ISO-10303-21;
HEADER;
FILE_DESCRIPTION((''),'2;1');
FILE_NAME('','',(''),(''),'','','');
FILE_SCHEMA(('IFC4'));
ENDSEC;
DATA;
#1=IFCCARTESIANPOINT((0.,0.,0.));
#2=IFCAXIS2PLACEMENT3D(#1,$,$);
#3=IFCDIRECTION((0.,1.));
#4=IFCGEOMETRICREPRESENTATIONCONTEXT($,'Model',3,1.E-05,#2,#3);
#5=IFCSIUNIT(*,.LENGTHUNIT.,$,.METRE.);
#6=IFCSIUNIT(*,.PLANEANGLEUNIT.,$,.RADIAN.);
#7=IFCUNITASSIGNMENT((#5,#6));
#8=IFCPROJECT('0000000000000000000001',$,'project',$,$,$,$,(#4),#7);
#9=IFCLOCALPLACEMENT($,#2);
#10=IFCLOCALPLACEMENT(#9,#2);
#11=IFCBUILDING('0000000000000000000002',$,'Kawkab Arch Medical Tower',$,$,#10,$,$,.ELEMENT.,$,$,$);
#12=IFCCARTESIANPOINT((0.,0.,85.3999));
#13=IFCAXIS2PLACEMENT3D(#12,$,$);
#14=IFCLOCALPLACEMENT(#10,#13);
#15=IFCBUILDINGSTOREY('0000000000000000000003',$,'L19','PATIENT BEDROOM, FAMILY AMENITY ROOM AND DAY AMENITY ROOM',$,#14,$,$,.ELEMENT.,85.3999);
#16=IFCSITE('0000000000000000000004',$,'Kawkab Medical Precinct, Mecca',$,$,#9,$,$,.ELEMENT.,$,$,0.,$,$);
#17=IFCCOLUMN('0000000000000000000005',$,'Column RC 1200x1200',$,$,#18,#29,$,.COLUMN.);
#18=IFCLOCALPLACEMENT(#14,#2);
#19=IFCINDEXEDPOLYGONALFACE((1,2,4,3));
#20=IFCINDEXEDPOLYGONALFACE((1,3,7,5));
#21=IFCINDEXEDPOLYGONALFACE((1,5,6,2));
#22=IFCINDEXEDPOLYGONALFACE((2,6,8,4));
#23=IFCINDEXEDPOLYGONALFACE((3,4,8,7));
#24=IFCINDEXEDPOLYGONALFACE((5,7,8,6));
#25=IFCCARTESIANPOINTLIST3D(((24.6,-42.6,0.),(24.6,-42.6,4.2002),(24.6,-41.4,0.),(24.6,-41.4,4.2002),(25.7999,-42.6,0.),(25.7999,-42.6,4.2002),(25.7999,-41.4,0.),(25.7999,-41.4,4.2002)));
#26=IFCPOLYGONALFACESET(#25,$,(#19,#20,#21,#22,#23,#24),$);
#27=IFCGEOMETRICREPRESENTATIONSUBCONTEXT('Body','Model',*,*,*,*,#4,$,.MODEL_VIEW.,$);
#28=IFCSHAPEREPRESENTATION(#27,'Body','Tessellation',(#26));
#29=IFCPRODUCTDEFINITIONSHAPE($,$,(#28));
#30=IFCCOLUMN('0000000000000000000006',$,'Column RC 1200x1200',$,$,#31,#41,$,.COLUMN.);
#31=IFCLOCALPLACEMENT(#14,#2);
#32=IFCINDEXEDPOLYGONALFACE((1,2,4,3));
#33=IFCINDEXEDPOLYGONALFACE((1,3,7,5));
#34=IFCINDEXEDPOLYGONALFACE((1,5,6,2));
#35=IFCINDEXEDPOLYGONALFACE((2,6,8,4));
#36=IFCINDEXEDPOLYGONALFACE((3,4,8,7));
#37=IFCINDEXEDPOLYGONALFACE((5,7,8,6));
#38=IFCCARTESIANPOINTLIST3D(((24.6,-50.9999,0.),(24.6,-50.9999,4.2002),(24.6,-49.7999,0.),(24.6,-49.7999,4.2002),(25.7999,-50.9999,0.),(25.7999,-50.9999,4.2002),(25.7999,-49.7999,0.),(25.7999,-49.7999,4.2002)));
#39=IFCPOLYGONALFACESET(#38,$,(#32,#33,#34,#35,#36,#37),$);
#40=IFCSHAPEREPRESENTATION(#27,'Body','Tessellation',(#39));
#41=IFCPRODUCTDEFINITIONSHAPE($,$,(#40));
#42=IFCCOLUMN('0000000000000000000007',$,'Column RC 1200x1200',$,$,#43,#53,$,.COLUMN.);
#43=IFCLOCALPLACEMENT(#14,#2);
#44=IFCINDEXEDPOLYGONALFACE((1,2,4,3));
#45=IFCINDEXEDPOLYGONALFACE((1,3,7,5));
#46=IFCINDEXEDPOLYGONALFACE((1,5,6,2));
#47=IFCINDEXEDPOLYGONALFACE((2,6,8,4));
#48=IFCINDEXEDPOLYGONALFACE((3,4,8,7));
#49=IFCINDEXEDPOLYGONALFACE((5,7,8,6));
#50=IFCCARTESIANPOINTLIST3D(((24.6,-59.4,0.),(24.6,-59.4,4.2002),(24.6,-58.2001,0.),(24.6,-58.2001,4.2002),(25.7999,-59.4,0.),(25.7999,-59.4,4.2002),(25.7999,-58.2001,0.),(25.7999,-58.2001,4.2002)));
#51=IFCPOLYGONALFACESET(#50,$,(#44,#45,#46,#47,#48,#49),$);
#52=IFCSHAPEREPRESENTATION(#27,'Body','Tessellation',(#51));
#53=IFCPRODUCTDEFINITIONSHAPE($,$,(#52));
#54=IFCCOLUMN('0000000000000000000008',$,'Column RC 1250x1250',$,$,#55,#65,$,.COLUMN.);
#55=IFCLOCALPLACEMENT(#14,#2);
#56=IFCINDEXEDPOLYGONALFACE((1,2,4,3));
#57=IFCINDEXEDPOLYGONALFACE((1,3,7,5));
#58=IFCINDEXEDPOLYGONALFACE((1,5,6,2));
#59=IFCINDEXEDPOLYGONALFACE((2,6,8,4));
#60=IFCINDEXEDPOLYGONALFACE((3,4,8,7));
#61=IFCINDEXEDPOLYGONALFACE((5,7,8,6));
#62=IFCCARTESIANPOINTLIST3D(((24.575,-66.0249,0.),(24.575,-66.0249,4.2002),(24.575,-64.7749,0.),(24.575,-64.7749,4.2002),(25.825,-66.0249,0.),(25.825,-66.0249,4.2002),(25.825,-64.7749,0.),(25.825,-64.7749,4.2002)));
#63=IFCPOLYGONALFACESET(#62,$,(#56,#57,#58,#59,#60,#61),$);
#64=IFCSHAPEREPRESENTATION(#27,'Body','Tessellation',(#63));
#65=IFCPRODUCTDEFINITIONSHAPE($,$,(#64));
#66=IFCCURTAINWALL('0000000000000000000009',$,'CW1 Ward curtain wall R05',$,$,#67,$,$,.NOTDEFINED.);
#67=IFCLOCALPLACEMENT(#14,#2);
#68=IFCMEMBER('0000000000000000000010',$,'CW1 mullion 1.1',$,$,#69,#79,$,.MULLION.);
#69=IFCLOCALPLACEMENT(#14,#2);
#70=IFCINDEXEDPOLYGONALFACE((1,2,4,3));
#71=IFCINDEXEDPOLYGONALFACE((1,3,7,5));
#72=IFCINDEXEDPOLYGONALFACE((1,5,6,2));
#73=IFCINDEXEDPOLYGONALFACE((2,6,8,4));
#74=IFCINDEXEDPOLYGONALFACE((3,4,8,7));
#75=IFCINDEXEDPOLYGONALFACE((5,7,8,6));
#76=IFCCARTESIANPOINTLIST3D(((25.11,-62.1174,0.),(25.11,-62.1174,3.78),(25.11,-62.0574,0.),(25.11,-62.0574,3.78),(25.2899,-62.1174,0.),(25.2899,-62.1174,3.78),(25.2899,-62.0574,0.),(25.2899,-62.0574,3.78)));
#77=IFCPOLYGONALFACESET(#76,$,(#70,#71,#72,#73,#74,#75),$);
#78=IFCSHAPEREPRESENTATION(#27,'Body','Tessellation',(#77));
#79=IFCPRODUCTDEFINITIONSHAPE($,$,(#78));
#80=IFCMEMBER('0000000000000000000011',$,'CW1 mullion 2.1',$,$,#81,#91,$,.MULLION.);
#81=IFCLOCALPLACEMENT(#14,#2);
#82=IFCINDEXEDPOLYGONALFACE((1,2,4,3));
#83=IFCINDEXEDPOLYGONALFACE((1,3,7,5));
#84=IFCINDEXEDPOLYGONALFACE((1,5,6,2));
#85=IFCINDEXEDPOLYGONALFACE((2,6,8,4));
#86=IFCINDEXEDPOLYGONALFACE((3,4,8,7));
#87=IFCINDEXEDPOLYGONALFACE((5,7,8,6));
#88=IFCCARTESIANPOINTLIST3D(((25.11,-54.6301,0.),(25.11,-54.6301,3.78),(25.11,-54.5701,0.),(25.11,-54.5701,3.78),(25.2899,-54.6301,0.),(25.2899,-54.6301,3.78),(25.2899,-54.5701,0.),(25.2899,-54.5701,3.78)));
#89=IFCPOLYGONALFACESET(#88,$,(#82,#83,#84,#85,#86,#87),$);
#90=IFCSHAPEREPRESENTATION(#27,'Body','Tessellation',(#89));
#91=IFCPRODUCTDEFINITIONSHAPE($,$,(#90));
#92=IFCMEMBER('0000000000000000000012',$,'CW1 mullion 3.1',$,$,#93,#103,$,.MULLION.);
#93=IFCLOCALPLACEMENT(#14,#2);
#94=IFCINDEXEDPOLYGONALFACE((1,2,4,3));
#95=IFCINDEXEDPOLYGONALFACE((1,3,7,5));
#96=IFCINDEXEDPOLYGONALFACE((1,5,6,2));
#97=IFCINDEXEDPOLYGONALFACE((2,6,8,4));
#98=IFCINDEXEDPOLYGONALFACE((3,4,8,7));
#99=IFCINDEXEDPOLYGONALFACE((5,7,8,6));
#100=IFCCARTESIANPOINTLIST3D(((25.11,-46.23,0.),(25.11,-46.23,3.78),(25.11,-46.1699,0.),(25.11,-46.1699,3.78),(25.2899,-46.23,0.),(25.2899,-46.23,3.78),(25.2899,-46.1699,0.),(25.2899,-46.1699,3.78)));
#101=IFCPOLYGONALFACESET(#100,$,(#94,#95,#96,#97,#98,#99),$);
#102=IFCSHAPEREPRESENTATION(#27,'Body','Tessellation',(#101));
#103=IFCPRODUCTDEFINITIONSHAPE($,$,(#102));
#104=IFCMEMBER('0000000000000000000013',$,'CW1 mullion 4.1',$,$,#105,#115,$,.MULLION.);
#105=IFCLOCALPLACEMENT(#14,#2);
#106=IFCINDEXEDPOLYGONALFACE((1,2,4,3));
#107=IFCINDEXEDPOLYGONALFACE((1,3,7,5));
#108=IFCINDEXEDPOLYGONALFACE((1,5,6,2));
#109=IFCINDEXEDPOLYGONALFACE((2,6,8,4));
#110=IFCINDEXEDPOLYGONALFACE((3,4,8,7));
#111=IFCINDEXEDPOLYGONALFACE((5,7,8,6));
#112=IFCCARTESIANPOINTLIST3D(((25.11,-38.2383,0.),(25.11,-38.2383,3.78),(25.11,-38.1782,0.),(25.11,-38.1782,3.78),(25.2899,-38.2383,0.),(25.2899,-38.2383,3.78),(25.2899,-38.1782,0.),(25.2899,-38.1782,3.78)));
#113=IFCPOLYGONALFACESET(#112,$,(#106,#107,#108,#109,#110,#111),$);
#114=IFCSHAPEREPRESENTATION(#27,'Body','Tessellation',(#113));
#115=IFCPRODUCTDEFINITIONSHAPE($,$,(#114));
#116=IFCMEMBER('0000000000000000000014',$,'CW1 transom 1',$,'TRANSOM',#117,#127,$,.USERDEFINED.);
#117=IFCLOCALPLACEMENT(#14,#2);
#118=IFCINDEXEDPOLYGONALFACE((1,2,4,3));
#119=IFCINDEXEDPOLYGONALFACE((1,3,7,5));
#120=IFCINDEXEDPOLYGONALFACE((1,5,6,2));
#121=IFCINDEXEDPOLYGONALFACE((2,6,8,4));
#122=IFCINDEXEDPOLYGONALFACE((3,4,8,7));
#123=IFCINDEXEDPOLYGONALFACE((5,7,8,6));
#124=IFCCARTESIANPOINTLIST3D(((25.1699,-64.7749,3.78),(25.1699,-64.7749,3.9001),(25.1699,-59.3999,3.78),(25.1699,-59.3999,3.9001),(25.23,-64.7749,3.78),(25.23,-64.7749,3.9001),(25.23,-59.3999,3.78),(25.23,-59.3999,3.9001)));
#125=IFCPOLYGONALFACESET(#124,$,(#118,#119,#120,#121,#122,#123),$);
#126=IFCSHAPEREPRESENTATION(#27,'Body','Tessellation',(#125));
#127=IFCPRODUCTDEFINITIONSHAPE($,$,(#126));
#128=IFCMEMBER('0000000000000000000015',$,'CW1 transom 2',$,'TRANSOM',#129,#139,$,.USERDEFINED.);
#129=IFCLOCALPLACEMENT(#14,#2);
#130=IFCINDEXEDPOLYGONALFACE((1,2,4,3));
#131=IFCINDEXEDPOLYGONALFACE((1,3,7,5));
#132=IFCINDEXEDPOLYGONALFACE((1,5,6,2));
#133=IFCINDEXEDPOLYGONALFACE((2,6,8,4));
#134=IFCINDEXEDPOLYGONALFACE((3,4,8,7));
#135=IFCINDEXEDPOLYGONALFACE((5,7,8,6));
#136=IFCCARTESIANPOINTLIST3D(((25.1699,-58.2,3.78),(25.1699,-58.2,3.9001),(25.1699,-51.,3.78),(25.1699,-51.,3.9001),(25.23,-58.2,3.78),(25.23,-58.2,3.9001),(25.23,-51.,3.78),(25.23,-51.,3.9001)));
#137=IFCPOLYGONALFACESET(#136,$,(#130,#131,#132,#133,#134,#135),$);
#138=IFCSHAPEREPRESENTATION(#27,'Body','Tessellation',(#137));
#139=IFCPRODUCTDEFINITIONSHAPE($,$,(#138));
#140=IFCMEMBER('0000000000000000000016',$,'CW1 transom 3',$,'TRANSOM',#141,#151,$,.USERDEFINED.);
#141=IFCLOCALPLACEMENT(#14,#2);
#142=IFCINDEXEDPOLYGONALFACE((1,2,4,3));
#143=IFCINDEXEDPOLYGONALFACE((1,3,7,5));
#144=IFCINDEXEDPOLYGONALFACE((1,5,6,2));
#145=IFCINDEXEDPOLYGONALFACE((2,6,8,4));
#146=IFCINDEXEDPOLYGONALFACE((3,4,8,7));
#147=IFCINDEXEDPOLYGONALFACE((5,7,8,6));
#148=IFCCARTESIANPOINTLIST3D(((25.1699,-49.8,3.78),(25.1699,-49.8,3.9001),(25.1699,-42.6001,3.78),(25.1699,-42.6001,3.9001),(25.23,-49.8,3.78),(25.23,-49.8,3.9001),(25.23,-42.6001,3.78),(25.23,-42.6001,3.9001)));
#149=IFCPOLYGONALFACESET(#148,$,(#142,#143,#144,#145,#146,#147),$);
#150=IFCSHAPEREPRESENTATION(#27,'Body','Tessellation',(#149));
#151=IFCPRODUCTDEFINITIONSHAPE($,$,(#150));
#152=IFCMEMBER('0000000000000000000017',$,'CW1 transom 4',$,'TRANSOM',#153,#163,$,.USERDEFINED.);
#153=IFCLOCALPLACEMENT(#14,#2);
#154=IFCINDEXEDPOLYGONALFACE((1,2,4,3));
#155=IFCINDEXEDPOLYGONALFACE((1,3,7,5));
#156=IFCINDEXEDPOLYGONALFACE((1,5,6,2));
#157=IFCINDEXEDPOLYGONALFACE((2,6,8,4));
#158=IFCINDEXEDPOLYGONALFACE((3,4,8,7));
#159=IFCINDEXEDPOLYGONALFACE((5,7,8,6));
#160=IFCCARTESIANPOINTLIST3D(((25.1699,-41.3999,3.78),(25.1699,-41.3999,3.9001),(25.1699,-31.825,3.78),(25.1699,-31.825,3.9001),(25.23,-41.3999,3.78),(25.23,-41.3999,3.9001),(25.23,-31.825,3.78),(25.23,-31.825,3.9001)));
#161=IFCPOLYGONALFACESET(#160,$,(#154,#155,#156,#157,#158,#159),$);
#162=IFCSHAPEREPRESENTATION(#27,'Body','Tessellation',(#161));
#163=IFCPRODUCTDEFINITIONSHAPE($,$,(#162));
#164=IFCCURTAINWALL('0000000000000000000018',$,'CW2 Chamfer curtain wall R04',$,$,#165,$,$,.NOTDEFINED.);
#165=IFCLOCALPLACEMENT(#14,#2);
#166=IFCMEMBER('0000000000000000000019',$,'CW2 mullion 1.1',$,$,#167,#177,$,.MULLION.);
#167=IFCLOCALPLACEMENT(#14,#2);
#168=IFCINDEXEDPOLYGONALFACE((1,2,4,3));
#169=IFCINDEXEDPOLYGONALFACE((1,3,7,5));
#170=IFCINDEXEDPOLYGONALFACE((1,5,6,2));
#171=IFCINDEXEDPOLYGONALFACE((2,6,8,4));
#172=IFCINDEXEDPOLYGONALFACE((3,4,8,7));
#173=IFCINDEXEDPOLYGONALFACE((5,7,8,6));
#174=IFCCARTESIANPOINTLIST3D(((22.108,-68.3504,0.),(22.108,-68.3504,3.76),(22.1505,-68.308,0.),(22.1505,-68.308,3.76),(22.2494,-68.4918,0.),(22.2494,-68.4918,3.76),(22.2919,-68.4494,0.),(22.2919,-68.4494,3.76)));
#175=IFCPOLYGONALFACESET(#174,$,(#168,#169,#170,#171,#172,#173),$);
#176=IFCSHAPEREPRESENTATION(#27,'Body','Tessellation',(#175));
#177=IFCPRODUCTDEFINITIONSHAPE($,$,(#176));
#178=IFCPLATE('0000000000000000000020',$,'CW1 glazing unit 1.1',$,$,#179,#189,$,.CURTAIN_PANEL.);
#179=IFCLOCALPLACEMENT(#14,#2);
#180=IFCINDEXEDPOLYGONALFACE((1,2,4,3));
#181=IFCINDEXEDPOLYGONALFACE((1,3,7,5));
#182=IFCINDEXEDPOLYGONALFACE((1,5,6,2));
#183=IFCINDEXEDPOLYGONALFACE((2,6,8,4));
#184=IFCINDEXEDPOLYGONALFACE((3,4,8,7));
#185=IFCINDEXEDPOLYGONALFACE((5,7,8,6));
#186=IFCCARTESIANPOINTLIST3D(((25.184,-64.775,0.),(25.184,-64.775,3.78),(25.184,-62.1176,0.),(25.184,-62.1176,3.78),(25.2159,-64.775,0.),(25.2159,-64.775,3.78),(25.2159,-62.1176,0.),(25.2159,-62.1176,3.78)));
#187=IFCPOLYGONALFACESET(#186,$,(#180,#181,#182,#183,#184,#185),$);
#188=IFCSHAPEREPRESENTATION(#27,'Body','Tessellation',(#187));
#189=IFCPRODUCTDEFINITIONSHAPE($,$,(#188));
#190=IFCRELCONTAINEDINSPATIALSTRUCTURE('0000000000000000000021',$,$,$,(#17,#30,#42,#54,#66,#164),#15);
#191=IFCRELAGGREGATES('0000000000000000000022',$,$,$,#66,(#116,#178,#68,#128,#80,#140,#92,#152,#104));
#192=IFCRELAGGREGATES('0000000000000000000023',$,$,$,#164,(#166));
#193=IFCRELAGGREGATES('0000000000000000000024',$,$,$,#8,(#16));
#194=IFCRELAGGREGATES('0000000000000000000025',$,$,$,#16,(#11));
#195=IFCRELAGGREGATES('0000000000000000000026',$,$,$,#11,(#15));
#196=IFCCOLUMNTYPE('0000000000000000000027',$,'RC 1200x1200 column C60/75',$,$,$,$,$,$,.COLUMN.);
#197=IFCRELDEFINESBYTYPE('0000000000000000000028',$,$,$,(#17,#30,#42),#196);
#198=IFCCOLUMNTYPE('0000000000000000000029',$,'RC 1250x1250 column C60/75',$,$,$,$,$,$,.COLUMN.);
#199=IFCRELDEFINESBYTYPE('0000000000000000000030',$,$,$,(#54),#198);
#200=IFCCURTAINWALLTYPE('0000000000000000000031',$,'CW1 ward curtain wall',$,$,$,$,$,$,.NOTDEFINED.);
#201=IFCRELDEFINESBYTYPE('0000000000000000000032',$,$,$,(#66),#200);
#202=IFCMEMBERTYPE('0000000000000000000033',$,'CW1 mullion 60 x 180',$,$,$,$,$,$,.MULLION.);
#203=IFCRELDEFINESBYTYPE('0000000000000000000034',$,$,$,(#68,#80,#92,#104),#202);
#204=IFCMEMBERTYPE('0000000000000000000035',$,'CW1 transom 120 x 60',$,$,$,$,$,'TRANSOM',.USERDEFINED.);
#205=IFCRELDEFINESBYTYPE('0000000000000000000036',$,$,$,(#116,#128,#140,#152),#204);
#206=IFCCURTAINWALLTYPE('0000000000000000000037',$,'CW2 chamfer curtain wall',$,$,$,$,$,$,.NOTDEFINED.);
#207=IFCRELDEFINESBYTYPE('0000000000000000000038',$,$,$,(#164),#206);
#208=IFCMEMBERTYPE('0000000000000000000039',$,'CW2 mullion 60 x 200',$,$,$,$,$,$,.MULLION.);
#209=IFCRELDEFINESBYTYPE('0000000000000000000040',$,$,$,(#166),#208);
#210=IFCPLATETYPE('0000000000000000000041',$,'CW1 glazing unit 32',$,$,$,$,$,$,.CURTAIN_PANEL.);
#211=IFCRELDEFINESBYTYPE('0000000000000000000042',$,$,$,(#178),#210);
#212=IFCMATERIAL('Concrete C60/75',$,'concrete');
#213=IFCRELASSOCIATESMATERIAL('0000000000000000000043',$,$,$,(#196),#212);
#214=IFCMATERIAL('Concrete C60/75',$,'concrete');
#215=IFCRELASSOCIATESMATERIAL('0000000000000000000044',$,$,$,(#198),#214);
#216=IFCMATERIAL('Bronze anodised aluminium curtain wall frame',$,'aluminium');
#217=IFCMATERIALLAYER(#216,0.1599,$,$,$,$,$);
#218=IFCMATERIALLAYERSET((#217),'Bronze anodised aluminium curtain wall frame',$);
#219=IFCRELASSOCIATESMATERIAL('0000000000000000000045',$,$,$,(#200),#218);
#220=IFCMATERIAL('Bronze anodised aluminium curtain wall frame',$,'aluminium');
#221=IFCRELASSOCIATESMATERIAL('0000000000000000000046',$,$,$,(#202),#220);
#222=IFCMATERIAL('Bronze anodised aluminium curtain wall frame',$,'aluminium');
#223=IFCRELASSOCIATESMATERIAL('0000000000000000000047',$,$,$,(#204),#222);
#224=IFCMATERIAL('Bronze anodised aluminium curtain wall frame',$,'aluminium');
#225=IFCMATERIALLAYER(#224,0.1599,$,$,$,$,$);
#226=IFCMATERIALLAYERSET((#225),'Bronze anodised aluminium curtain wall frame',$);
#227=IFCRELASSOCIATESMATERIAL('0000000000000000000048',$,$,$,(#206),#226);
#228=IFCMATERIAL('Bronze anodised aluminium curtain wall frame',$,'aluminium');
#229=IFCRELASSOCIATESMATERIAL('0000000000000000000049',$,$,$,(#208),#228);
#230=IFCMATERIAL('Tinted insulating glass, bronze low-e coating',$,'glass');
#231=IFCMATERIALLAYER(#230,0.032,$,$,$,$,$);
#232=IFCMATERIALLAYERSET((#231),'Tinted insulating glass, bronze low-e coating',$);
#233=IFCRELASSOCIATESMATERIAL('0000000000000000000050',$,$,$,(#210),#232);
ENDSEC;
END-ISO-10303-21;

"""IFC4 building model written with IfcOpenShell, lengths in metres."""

from ifc_helpers import new_model, si_unit, direction, frame, origin, origin_2d, place, context, subcontext, project, spatial, rectangle, extrude, material, layer, layer_set, material_profile, profile_set, type_object, element, aggregate, save


model = new_model("IFC4")

# Units and contexts
model_context = context("Model", 3, precision=1e-05, world=origin(), true_north=direction((0.0, 1.0)))
body_context = subcontext(model_context, "Body", "Model", "MODEL_VIEW")
ifc_project = project(units=[si_unit("LENGTHUNIT", "METRE"), si_unit("PLANEANGLEUNIT", "RADIAN")], contexts=[model_context])

# Site, building, storey
site_placement = place(None, origin())
site = spatial("IfcSite", under=ifc_project, at=site_placement, Name="Kawkab Medical Precinct, Mecca", CompositionType="ELEMENT", RefElevation=0.0)
building_placement = place(site_placement, origin())
building = spatial("IfcBuilding", under=site, at=building_placement, Name="Kawkab Arch Medical Tower", CompositionType="ELEMENT")
storey_placement = place(building_placement, frame((0.0, 0.0, 85.3999)))
storey = spatial("IfcBuildingStorey", under=building, at=storey_placement, Name="L19", Description="PATIENT BEDROOM, FAMILY AMENITY ROOM AND DAY AMENITY ROOM", CompositionType="ELEMENT", Elevation=85.3999)

# Columns
ifc_material_1 = material(Name="Concrete C60/75", Category="concrete")
ifc_material_profile_1 = material_profile(ifc_material_1, rectangle(XDim=1.2, YDim=1.2, at=origin_2d()), Name="RC 1200x1200")
ifc_profile_set_1 = profile_set([ifc_material_profile_1], Name="Concrete C60/75")
column_type_1 = type_object("IfcColumnType", Name="RC 1200x1200 column C60/75", PredefinedType="COLUMN", material=ifc_profile_set_1)
for number, where, z_axis, x_axis, name in (
    (1, (25.2, -42.0, 0.0), (0.0, 0.0, 1.0), (1.0, 0.0, 0.0), "Column RC 1200x1200"),
    (2, (25.2, -50.3999, 0.0), (0.0, 0.0, 1.0), (1.0, 0.0, 0.0), "Column RC 1200x1200"),
    (3, (25.2, -58.8, 0.0), (0.0, 0.0, 1.0), (1.0, 0.0, 0.0), "Column RC 1200x1200"),
):
    element("IfcColumn", number, at=place(storey_placement, frame(where, z_axis=z_axis, x_axis=x_axis)), inside=storey, type_object=column_type_1, Name=name, PredefinedType="COLUMN", context=body_context, shape_type="SweptSolid", body=[
        extrude(rectangle(XDim=1.2, YDim=1.2, at=origin_2d()), origin(), (0.0, 0.0, 1.0), 4.2002),
    ])
ifc_material_2 = material(Name="Concrete C60/75", Category="concrete")
ifc_material_profile_2 = material_profile(ifc_material_2, rectangle(XDim=1.25, YDim=1.25, at=origin_2d()), Name="RC 1250x1250")
ifc_profile_set_2 = profile_set([ifc_material_profile_2], Name="Concrete C60/75")
column_type_2 = type_object("IfcColumnType", Name="RC 1250x1250 column C60/75", PredefinedType="COLUMN", material=ifc_profile_set_2)
column_placement = place(storey_placement, frame((25.2, -65.3999, 0.0), z_axis=(0.0, 0.0, 1.0), x_axis=(1.0, 0.0, 0.0)))
element("IfcColumn", 4, at=column_placement, inside=storey, type_object=column_type_2, Name="Column RC 1250x1250", PredefinedType="COLUMN", context=body_context, shape_type="SweptSolid", body=[
    extrude(rectangle(XDim=1.25, YDim=1.25, at=origin_2d()), origin(), (0.0, 0.0, 1.0), 4.2002),
])

# Curtain wall, members
ifc_material_3 = material(Name="Bronze anodised aluminium curtain wall frame", Category="aluminium")
ifc_layer_1 = layer(ifc_material_3, 0.1599)
ifc_layer_set_1 = layer_set([ifc_layer_1], Name="Bronze anodised aluminium curtain wall frame")
curtain_wall_type_1 = type_object("IfcCurtainWallType", Name="CW1 ward curtain wall", PredefinedType="NOTDEFINED", material=ifc_layer_set_1)
placement = place(storey_placement, origin())
curtain_wall_1 = element("IfcCurtainWall", 5, at=placement, inside=storey, type_object=curtain_wall_type_1, Name="CW1 Ward curtain wall R05", PredefinedType="NOTDEFINED")
ifc_material_4 = material(Name="Bronze anodised aluminium curtain wall frame", Category="aluminium")
ifc_material_profile_3 = material_profile(ifc_material_4, rectangle(XDim=0.1799, YDim=0.0601, at=origin_2d()), Name="AL 60x180")
ifc_profile_set_3 = profile_set([ifc_material_profile_3], Name="Bronze anodised aluminium curtain wall frame")
member_type_1 = type_object("IfcMemberType", Name="CW1 mullion 60 x 180", PredefinedType="MULLION", material=ifc_profile_set_3)
member_1_placement = place(storey_placement, frame((25.2, -62.0874, 0.0), z_axis=(0.0, 0.0, 1.0), x_axis=(-1.0, 0.0, 0.0)))
member_1 = element("IfcMember", 6, at=member_1_placement, type_object=member_type_1, Name="CW1 mullion 1.1", PredefinedType="MULLION", context=body_context, shape_type="SweptSolid", body=[
    extrude(rectangle(XDim=0.1799, YDim=0.0601, at=origin_2d()), origin(), (0.0, 0.0, 1.0), 3.78),
])
member_2_placement = place(storey_placement, frame((25.2, -54.6001, 0.0), z_axis=(0.0, 0.0, 1.0), x_axis=(-1.0, 0.0, 0.0)))
member_2 = element("IfcMember", 7, at=member_2_placement, type_object=member_type_1, Name="CW1 mullion 2.1", PredefinedType="MULLION", context=body_context, shape_type="SweptSolid", body=[
    extrude(rectangle(XDim=0.1799, YDim=0.0601, at=origin_2d()), origin(), (0.0, 0.0, 1.0), 3.78),
])
member_3_placement = place(storey_placement, frame((25.2, -46.2, 0.0), z_axis=(0.0, 0.0, 1.0), x_axis=(-1.0, 0.0, 0.0)))
member_3 = element("IfcMember", 8, at=member_3_placement, type_object=member_type_1, Name="CW1 mullion 3.1", PredefinedType="MULLION", context=body_context, shape_type="SweptSolid", body=[
    extrude(rectangle(XDim=0.1799, YDim=0.0601, at=origin_2d()), origin(), (0.0, 0.0, 1.0), 3.78),
])
member_4_placement = place(storey_placement, frame((25.2, -38.2083, 0.0), z_axis=(0.0, 0.0, 1.0), x_axis=(-1.0, 0.0, 0.0)))
member_4 = element("IfcMember", 9, at=member_4_placement, type_object=member_type_1, Name="CW1 mullion 4.1", PredefinedType="MULLION", context=body_context, shape_type="SweptSolid", body=[
    extrude(rectangle(XDim=0.1799, YDim=0.0601, at=origin_2d()), origin(), (0.0, 0.0, 1.0), 3.78),
])
ifc_material_5 = material(Name="Bronze anodised aluminium curtain wall frame", Category="aluminium")
ifc_material_profile_4 = material_profile(ifc_material_5, rectangle(XDim=0.0601, YDim=0.1201, at=origin_2d()), Name="AL 60x120")
ifc_profile_set_4 = profile_set([ifc_material_profile_4], Name="Bronze anodised aluminium curtain wall frame")
member_type_2 = type_object("IfcMemberType", Name="CW1 transom 120 x 60", ElementType="TRANSOM", PredefinedType="USERDEFINED", material=ifc_profile_set_4)
member_5_placement = place(storey_placement, frame((25.2, -64.7749, 3.8401), z_axis=(0.0, 1.0, 0.0), x_axis=(-1.0, 0.0, 0.0)))
member_5 = element("IfcMember", 10, at=member_5_placement, type_object=member_type_2, Name="CW1 transom 1", ObjectType="TRANSOM", PredefinedType="USERDEFINED", context=body_context, shape_type="SweptSolid", body=[
    extrude(rectangle(XDim=0.0601, YDim=0.1201, at=origin_2d()), origin(), (0.0, 0.0, 1.0), 5.375),
])
member_6_placement = place(storey_placement, frame((25.2, -58.2, 3.8401), z_axis=(0.0, 1.0, 0.0), x_axis=(-1.0, 0.0, 0.0)))
member_6 = element("IfcMember", 11, at=member_6_placement, type_object=member_type_2, Name="CW1 transom 2", ObjectType="TRANSOM", PredefinedType="USERDEFINED", context=body_context, shape_type="SweptSolid", body=[
    extrude(rectangle(XDim=0.0601, YDim=0.1201, at=origin_2d()), origin(), (0.0, 0.0, 1.0), 7.2),
])
member_7_placement = place(storey_placement, frame((25.2, -49.8, 3.8401), z_axis=(0.0, 1.0, 0.0), x_axis=(-1.0, 0.0, 0.0)))
member_7 = element("IfcMember", 12, at=member_7_placement, type_object=member_type_2, Name="CW1 transom 3", ObjectType="TRANSOM", PredefinedType="USERDEFINED", context=body_context, shape_type="SweptSolid", body=[
    extrude(rectangle(XDim=0.0601, YDim=0.1201, at=origin_2d()), origin(), (0.0, 0.0, 1.0), 7.2),
])
member_8_placement = place(storey_placement, frame((25.2, -41.3999, 3.8401), z_axis=(0.0, 1.0, 0.0), x_axis=(-1.0, 0.0, 0.0)))
member_8 = element("IfcMember", 13, at=member_8_placement, type_object=member_type_2, Name="CW1 transom 4", ObjectType="TRANSOM", PredefinedType="USERDEFINED", context=body_context, shape_type="SweptSolid", body=[
    extrude(rectangle(XDim=0.0601, YDim=0.1201, at=origin_2d()), origin(), (0.0, 0.0, 1.0), 9.575),
])

# Curtain wall, member
ifc_material_6 = material(Name="Bronze anodised aluminium curtain wall frame", Category="aluminium")
ifc_layer_2 = layer(ifc_material_6, 0.1599)
ifc_layer_set_2 = layer_set([ifc_layer_2], Name="Bronze anodised aluminium curtain wall frame")
curtain_wall_type_2 = type_object("IfcCurtainWallType", Name="CW2 chamfer curtain wall", PredefinedType="NOTDEFINED", material=ifc_layer_set_2)
curtain_wall_2 = element("IfcCurtainWall", 14, at=placement, inside=storey, type_object=curtain_wall_type_2, Name="CW2 Chamfer curtain wall R04", PredefinedType="NOTDEFINED")
ifc_material_7 = material(Name="Bronze anodised aluminium curtain wall frame", Category="aluminium")
ifc_material_profile_5 = material_profile(ifc_material_7, rectangle(XDim=0.2, YDim=0.0601, at=origin_2d()), Name="AL 60x200")
ifc_profile_set_5 = profile_set([ifc_material_profile_5], Name="Bronze anodised aluminium curtain wall frame")
member_type_3 = type_object("IfcMemberType", Name="CW2 mullion 60 x 200", PredefinedType="MULLION", material=ifc_profile_set_5)
member_9_placement = place(storey_placement, frame((22.2, -68.3999, 0.0), z_axis=(0.0, 0.0, 1.0), x_axis=(-0.707107, 0.707107, 0.0)))
member_9 = element("IfcMember", 15, at=member_9_placement, type_object=member_type_3, Name="CW2 mullion 1.1", PredefinedType="MULLION", context=body_context, shape_type="SweptSolid", body=[
    extrude(rectangle(XDim=0.2, YDim=0.0601, at=origin_2d()), origin(), (0.0, 0.0, 1.0), 3.76),
])

# Plate
ifc_material_8 = material(Name="Tinted insulating glass, bronze low-e coating", Category="glass")
ifc_layer_3 = layer(ifc_material_8, 0.032)
ifc_layer_set_3 = layer_set([ifc_layer_3], Name="Tinted insulating glass, bronze low-e coating")
plate_type_1 = type_object("IfcPlateType", Name="CW1 glazing unit 32", PredefinedType="CURTAIN_PANEL", material=ifc_layer_set_3)
plate_1_placement = place(storey_placement, frame((25.2, -63.4463, 0.0), z_axis=(0.0, 0.0, 1.0), x_axis=(0.0, 1.0, 0.0)))
plate_1 = element("IfcPlate", 16, at=plate_1_placement, type_object=plate_type_1, Name="CW1 glazing unit 1.1", PredefinedType="CURTAIN_PANEL", context=body_context, shape_type="SweptSolid", body=[
    extrude(rectangle(XDim=2.6575, YDim=0.032, at=origin_2d()), origin(), (0.0, 0.0, 1.0), 3.78),
])
aggregate(curtain_wall_1, [member_5, plate_1, member_1, member_6, member_2, member_7, member_3, member_8, member_4])
aggregate(curtain_wall_2, [member_9])

save(model, "model.ifc")
